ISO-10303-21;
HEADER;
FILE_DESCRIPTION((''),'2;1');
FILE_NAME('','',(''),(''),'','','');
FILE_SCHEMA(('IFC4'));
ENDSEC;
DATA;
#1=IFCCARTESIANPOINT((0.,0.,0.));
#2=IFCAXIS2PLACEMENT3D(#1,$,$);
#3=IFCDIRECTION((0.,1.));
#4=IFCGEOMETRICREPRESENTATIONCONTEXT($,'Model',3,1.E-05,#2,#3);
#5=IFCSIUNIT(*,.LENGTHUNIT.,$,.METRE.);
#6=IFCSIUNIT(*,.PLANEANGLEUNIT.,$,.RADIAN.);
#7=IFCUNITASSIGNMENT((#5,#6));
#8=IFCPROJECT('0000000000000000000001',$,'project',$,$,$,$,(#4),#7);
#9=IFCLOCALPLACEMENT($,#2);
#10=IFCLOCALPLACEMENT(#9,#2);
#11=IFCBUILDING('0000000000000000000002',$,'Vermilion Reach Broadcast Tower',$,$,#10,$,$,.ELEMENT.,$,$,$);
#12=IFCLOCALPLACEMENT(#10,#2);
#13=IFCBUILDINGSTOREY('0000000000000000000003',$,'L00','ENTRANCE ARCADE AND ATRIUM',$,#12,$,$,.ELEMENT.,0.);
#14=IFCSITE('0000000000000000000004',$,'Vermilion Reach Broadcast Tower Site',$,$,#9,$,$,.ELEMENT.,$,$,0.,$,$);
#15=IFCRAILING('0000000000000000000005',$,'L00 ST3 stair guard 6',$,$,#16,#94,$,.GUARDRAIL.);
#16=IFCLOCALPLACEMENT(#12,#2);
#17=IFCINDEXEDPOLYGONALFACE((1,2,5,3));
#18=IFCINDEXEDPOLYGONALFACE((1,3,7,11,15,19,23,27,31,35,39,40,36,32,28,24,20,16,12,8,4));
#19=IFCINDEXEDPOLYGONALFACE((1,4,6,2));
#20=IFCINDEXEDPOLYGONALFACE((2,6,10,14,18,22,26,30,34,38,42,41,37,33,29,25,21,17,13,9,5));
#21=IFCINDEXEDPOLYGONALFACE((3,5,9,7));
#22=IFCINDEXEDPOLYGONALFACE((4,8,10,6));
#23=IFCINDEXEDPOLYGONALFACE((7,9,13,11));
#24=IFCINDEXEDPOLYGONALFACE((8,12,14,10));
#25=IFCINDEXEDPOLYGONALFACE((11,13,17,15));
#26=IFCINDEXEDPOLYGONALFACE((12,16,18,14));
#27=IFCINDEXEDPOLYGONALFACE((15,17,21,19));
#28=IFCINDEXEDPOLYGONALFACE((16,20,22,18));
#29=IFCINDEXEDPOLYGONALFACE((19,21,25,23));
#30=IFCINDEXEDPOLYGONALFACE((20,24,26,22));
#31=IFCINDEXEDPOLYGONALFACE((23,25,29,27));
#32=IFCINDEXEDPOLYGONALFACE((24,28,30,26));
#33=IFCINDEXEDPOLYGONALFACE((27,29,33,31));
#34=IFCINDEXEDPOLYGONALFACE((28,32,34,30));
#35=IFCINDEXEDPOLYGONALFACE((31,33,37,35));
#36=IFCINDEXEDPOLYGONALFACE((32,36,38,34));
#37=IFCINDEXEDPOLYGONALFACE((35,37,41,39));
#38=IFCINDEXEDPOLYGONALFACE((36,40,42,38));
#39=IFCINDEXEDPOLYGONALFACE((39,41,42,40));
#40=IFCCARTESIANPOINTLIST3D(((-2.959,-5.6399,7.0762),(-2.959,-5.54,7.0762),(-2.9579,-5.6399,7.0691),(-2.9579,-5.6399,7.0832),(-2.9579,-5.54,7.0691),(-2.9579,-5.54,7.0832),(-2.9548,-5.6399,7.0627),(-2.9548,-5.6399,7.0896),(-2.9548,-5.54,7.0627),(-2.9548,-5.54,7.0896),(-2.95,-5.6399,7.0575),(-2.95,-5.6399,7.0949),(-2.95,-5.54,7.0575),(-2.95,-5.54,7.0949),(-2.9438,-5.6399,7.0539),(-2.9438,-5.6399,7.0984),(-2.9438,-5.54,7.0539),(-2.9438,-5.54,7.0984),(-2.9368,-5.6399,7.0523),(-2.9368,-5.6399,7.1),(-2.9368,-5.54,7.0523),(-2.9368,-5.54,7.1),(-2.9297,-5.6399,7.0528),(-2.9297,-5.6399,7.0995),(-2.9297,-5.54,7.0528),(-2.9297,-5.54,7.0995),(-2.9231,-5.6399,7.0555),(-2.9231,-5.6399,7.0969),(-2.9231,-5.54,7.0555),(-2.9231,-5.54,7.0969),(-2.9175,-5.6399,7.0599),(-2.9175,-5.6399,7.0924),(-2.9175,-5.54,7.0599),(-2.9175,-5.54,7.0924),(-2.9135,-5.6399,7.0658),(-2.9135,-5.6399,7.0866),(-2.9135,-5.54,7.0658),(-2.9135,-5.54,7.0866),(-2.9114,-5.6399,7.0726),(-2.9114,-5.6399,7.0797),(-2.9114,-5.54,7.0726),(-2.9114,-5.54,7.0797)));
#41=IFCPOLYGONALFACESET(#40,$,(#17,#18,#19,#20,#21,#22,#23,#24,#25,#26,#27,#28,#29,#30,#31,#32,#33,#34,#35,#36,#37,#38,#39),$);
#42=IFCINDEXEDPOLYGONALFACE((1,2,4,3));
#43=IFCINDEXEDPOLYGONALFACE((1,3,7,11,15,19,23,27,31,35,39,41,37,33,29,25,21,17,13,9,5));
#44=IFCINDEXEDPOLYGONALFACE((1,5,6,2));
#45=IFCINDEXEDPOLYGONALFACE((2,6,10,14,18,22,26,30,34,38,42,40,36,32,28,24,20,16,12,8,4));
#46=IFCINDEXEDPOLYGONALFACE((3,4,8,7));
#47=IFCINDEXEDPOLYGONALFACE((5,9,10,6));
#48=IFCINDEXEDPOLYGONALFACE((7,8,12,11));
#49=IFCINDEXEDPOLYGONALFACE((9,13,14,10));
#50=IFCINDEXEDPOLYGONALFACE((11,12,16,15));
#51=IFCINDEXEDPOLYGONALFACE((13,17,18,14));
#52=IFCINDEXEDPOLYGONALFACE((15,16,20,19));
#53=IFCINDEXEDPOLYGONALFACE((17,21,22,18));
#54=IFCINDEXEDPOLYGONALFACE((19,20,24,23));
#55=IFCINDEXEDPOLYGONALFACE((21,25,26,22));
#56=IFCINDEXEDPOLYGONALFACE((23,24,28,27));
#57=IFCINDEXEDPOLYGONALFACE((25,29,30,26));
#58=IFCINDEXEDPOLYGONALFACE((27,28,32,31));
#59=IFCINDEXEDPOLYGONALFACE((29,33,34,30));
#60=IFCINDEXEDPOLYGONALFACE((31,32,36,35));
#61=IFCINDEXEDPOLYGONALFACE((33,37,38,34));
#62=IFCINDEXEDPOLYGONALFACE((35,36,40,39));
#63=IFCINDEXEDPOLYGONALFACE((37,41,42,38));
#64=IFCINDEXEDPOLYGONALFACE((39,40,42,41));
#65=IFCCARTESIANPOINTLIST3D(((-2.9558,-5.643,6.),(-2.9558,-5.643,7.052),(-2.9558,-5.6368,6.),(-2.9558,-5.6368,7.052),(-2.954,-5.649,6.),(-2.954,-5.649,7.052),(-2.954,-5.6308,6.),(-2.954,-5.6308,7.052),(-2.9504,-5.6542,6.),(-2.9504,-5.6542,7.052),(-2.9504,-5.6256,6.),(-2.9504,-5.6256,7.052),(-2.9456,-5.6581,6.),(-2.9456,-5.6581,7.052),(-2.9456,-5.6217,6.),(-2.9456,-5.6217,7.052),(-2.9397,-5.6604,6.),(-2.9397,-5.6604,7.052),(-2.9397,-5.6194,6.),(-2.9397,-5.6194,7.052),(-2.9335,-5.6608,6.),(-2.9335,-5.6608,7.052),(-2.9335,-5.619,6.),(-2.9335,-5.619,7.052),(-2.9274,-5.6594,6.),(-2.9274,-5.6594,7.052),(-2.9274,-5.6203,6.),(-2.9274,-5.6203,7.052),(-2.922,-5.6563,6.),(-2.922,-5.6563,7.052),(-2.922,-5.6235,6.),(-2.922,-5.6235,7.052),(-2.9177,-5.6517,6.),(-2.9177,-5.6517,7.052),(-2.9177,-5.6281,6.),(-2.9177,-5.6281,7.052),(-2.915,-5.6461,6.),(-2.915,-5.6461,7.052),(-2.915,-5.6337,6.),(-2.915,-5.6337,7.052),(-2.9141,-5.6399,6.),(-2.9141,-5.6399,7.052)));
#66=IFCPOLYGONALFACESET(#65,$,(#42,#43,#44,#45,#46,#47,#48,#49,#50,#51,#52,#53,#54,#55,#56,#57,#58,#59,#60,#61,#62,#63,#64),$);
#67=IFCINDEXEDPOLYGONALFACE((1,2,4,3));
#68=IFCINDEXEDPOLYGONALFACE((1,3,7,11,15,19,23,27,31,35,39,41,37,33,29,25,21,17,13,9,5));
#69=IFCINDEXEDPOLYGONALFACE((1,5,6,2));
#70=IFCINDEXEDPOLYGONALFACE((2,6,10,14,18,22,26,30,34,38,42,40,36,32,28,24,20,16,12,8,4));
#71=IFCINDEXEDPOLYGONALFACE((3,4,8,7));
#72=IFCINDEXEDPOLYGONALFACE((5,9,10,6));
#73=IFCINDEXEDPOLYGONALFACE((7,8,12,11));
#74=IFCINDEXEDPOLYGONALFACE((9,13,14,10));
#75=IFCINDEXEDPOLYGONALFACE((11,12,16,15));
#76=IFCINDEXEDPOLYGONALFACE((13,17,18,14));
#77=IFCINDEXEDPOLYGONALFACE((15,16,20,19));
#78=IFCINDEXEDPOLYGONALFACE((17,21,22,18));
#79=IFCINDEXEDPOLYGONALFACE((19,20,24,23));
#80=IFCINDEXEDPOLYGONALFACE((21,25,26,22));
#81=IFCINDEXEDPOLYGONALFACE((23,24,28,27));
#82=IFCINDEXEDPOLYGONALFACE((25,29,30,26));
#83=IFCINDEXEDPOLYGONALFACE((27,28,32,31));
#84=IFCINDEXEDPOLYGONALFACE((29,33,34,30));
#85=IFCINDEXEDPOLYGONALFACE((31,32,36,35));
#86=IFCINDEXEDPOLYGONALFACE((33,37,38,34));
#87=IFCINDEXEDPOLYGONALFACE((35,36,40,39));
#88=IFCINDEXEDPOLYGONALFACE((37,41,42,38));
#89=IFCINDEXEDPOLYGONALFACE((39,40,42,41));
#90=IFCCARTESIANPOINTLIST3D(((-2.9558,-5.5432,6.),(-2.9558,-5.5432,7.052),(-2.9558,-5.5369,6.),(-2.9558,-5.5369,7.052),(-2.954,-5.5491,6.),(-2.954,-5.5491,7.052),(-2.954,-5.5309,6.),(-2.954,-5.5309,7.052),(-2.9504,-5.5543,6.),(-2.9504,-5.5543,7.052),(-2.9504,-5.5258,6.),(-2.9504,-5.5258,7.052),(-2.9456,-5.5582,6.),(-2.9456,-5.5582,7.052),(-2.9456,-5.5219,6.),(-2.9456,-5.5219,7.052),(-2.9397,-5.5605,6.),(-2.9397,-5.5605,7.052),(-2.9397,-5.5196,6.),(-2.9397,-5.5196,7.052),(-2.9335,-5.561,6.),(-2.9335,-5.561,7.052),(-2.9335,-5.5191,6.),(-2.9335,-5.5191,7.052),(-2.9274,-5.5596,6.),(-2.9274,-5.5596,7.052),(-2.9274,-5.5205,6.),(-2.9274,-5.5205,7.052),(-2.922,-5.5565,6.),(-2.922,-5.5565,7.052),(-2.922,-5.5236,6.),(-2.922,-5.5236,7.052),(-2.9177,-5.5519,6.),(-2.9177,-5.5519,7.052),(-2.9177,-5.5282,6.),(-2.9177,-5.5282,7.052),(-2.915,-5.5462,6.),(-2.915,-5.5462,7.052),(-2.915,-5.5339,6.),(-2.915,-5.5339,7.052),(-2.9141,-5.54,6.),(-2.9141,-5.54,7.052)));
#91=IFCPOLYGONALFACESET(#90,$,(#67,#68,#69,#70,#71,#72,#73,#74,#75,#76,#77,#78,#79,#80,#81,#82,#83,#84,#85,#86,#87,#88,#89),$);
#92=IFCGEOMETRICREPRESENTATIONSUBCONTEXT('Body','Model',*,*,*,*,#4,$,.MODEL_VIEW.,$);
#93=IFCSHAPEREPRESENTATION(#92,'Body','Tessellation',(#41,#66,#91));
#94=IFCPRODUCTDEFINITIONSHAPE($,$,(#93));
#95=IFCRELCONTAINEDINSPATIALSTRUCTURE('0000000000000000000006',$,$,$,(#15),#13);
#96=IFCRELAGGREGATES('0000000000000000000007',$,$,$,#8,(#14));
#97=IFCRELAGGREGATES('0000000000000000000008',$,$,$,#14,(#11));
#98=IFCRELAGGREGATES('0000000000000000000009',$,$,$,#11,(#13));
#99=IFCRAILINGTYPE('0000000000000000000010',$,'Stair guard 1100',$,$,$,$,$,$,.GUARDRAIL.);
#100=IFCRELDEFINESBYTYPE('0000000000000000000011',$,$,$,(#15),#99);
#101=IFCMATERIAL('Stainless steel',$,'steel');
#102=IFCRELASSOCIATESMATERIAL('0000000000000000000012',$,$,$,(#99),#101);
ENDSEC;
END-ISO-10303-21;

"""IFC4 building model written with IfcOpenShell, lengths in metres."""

from ifc_helpers import new_model, si_unit, direction, frame, origin, origin_2d, place, context, subcontext, project, spatial, circle, extrude, material, type_object, element, save


model = new_model("IFC4")

# Units and contexts
model_context = context("Model", 3, precision=1e-05, world=origin(), true_north=direction((0.0, 1.0)))
body_context = subcontext(model_context, "Body", "Model", "MODEL_VIEW")
ifc_project = project(units=[si_unit("LENGTHUNIT", "METRE"), si_unit("PLANEANGLEUNIT", "RADIAN")], contexts=[model_context])

# Site, building, storey
site_placement = place(None, origin())
site = spatial("IfcSite", under=ifc_project, at=site_placement, Name="Vermilion Reach Broadcast Tower Site", CompositionType="ELEMENT", RefElevation=0.0)
building_placement = place(site_placement, origin())
building = spatial("IfcBuilding", under=site, at=building_placement, Name="Vermilion Reach Broadcast Tower", CompositionType="ELEMENT")
storey_placement = place(building_placement, origin())
storey = spatial("IfcBuildingStorey", under=building, at=storey_placement, Name="L00", Description="ENTRANCE ARCADE AND ATRIUM", CompositionType="ELEMENT", Elevation=0.0)

# Railing
ifc_material_1 = material(Name="Stainless steel", Category="steel")
railing_type_1 = type_object("IfcRailingType", Name="Stair guard 1100", PredefinedType="GUARDRAIL", material=ifc_material_1)
railing_1_placement = place(storey_placement, frame((-2.9351, -5.6399, 6.0)))
element("IfcRailing", 1, at=railing_1_placement, inside=storey, type_object=railing_type_1, Name="L00 ST3 stair guard 6", PredefinedType="GUARDRAIL", context=body_context, shape_type="SweptSolid", body=[
    extrude(circle(Radius=0.0239, at=origin_2d()), frame((0.0, 0.0, 1.0762), z_axis=(0.0, 1.0, 0.0), x_axis=(-1.0, 0.0, 0.0)), (0.0, 0.0, 1.0), 0.0999),
    extrude(circle(Radius=0.021, at=origin_2d()), origin(), (0.0, 0.0, 1.0), 1.052),
    extrude(circle(Radius=0.021, at=origin_2d()), frame((0.0, 0.0999, 0.0)), (0.0, 0.0, 1.0), 1.052),
])

save(model, "model.ifc")
